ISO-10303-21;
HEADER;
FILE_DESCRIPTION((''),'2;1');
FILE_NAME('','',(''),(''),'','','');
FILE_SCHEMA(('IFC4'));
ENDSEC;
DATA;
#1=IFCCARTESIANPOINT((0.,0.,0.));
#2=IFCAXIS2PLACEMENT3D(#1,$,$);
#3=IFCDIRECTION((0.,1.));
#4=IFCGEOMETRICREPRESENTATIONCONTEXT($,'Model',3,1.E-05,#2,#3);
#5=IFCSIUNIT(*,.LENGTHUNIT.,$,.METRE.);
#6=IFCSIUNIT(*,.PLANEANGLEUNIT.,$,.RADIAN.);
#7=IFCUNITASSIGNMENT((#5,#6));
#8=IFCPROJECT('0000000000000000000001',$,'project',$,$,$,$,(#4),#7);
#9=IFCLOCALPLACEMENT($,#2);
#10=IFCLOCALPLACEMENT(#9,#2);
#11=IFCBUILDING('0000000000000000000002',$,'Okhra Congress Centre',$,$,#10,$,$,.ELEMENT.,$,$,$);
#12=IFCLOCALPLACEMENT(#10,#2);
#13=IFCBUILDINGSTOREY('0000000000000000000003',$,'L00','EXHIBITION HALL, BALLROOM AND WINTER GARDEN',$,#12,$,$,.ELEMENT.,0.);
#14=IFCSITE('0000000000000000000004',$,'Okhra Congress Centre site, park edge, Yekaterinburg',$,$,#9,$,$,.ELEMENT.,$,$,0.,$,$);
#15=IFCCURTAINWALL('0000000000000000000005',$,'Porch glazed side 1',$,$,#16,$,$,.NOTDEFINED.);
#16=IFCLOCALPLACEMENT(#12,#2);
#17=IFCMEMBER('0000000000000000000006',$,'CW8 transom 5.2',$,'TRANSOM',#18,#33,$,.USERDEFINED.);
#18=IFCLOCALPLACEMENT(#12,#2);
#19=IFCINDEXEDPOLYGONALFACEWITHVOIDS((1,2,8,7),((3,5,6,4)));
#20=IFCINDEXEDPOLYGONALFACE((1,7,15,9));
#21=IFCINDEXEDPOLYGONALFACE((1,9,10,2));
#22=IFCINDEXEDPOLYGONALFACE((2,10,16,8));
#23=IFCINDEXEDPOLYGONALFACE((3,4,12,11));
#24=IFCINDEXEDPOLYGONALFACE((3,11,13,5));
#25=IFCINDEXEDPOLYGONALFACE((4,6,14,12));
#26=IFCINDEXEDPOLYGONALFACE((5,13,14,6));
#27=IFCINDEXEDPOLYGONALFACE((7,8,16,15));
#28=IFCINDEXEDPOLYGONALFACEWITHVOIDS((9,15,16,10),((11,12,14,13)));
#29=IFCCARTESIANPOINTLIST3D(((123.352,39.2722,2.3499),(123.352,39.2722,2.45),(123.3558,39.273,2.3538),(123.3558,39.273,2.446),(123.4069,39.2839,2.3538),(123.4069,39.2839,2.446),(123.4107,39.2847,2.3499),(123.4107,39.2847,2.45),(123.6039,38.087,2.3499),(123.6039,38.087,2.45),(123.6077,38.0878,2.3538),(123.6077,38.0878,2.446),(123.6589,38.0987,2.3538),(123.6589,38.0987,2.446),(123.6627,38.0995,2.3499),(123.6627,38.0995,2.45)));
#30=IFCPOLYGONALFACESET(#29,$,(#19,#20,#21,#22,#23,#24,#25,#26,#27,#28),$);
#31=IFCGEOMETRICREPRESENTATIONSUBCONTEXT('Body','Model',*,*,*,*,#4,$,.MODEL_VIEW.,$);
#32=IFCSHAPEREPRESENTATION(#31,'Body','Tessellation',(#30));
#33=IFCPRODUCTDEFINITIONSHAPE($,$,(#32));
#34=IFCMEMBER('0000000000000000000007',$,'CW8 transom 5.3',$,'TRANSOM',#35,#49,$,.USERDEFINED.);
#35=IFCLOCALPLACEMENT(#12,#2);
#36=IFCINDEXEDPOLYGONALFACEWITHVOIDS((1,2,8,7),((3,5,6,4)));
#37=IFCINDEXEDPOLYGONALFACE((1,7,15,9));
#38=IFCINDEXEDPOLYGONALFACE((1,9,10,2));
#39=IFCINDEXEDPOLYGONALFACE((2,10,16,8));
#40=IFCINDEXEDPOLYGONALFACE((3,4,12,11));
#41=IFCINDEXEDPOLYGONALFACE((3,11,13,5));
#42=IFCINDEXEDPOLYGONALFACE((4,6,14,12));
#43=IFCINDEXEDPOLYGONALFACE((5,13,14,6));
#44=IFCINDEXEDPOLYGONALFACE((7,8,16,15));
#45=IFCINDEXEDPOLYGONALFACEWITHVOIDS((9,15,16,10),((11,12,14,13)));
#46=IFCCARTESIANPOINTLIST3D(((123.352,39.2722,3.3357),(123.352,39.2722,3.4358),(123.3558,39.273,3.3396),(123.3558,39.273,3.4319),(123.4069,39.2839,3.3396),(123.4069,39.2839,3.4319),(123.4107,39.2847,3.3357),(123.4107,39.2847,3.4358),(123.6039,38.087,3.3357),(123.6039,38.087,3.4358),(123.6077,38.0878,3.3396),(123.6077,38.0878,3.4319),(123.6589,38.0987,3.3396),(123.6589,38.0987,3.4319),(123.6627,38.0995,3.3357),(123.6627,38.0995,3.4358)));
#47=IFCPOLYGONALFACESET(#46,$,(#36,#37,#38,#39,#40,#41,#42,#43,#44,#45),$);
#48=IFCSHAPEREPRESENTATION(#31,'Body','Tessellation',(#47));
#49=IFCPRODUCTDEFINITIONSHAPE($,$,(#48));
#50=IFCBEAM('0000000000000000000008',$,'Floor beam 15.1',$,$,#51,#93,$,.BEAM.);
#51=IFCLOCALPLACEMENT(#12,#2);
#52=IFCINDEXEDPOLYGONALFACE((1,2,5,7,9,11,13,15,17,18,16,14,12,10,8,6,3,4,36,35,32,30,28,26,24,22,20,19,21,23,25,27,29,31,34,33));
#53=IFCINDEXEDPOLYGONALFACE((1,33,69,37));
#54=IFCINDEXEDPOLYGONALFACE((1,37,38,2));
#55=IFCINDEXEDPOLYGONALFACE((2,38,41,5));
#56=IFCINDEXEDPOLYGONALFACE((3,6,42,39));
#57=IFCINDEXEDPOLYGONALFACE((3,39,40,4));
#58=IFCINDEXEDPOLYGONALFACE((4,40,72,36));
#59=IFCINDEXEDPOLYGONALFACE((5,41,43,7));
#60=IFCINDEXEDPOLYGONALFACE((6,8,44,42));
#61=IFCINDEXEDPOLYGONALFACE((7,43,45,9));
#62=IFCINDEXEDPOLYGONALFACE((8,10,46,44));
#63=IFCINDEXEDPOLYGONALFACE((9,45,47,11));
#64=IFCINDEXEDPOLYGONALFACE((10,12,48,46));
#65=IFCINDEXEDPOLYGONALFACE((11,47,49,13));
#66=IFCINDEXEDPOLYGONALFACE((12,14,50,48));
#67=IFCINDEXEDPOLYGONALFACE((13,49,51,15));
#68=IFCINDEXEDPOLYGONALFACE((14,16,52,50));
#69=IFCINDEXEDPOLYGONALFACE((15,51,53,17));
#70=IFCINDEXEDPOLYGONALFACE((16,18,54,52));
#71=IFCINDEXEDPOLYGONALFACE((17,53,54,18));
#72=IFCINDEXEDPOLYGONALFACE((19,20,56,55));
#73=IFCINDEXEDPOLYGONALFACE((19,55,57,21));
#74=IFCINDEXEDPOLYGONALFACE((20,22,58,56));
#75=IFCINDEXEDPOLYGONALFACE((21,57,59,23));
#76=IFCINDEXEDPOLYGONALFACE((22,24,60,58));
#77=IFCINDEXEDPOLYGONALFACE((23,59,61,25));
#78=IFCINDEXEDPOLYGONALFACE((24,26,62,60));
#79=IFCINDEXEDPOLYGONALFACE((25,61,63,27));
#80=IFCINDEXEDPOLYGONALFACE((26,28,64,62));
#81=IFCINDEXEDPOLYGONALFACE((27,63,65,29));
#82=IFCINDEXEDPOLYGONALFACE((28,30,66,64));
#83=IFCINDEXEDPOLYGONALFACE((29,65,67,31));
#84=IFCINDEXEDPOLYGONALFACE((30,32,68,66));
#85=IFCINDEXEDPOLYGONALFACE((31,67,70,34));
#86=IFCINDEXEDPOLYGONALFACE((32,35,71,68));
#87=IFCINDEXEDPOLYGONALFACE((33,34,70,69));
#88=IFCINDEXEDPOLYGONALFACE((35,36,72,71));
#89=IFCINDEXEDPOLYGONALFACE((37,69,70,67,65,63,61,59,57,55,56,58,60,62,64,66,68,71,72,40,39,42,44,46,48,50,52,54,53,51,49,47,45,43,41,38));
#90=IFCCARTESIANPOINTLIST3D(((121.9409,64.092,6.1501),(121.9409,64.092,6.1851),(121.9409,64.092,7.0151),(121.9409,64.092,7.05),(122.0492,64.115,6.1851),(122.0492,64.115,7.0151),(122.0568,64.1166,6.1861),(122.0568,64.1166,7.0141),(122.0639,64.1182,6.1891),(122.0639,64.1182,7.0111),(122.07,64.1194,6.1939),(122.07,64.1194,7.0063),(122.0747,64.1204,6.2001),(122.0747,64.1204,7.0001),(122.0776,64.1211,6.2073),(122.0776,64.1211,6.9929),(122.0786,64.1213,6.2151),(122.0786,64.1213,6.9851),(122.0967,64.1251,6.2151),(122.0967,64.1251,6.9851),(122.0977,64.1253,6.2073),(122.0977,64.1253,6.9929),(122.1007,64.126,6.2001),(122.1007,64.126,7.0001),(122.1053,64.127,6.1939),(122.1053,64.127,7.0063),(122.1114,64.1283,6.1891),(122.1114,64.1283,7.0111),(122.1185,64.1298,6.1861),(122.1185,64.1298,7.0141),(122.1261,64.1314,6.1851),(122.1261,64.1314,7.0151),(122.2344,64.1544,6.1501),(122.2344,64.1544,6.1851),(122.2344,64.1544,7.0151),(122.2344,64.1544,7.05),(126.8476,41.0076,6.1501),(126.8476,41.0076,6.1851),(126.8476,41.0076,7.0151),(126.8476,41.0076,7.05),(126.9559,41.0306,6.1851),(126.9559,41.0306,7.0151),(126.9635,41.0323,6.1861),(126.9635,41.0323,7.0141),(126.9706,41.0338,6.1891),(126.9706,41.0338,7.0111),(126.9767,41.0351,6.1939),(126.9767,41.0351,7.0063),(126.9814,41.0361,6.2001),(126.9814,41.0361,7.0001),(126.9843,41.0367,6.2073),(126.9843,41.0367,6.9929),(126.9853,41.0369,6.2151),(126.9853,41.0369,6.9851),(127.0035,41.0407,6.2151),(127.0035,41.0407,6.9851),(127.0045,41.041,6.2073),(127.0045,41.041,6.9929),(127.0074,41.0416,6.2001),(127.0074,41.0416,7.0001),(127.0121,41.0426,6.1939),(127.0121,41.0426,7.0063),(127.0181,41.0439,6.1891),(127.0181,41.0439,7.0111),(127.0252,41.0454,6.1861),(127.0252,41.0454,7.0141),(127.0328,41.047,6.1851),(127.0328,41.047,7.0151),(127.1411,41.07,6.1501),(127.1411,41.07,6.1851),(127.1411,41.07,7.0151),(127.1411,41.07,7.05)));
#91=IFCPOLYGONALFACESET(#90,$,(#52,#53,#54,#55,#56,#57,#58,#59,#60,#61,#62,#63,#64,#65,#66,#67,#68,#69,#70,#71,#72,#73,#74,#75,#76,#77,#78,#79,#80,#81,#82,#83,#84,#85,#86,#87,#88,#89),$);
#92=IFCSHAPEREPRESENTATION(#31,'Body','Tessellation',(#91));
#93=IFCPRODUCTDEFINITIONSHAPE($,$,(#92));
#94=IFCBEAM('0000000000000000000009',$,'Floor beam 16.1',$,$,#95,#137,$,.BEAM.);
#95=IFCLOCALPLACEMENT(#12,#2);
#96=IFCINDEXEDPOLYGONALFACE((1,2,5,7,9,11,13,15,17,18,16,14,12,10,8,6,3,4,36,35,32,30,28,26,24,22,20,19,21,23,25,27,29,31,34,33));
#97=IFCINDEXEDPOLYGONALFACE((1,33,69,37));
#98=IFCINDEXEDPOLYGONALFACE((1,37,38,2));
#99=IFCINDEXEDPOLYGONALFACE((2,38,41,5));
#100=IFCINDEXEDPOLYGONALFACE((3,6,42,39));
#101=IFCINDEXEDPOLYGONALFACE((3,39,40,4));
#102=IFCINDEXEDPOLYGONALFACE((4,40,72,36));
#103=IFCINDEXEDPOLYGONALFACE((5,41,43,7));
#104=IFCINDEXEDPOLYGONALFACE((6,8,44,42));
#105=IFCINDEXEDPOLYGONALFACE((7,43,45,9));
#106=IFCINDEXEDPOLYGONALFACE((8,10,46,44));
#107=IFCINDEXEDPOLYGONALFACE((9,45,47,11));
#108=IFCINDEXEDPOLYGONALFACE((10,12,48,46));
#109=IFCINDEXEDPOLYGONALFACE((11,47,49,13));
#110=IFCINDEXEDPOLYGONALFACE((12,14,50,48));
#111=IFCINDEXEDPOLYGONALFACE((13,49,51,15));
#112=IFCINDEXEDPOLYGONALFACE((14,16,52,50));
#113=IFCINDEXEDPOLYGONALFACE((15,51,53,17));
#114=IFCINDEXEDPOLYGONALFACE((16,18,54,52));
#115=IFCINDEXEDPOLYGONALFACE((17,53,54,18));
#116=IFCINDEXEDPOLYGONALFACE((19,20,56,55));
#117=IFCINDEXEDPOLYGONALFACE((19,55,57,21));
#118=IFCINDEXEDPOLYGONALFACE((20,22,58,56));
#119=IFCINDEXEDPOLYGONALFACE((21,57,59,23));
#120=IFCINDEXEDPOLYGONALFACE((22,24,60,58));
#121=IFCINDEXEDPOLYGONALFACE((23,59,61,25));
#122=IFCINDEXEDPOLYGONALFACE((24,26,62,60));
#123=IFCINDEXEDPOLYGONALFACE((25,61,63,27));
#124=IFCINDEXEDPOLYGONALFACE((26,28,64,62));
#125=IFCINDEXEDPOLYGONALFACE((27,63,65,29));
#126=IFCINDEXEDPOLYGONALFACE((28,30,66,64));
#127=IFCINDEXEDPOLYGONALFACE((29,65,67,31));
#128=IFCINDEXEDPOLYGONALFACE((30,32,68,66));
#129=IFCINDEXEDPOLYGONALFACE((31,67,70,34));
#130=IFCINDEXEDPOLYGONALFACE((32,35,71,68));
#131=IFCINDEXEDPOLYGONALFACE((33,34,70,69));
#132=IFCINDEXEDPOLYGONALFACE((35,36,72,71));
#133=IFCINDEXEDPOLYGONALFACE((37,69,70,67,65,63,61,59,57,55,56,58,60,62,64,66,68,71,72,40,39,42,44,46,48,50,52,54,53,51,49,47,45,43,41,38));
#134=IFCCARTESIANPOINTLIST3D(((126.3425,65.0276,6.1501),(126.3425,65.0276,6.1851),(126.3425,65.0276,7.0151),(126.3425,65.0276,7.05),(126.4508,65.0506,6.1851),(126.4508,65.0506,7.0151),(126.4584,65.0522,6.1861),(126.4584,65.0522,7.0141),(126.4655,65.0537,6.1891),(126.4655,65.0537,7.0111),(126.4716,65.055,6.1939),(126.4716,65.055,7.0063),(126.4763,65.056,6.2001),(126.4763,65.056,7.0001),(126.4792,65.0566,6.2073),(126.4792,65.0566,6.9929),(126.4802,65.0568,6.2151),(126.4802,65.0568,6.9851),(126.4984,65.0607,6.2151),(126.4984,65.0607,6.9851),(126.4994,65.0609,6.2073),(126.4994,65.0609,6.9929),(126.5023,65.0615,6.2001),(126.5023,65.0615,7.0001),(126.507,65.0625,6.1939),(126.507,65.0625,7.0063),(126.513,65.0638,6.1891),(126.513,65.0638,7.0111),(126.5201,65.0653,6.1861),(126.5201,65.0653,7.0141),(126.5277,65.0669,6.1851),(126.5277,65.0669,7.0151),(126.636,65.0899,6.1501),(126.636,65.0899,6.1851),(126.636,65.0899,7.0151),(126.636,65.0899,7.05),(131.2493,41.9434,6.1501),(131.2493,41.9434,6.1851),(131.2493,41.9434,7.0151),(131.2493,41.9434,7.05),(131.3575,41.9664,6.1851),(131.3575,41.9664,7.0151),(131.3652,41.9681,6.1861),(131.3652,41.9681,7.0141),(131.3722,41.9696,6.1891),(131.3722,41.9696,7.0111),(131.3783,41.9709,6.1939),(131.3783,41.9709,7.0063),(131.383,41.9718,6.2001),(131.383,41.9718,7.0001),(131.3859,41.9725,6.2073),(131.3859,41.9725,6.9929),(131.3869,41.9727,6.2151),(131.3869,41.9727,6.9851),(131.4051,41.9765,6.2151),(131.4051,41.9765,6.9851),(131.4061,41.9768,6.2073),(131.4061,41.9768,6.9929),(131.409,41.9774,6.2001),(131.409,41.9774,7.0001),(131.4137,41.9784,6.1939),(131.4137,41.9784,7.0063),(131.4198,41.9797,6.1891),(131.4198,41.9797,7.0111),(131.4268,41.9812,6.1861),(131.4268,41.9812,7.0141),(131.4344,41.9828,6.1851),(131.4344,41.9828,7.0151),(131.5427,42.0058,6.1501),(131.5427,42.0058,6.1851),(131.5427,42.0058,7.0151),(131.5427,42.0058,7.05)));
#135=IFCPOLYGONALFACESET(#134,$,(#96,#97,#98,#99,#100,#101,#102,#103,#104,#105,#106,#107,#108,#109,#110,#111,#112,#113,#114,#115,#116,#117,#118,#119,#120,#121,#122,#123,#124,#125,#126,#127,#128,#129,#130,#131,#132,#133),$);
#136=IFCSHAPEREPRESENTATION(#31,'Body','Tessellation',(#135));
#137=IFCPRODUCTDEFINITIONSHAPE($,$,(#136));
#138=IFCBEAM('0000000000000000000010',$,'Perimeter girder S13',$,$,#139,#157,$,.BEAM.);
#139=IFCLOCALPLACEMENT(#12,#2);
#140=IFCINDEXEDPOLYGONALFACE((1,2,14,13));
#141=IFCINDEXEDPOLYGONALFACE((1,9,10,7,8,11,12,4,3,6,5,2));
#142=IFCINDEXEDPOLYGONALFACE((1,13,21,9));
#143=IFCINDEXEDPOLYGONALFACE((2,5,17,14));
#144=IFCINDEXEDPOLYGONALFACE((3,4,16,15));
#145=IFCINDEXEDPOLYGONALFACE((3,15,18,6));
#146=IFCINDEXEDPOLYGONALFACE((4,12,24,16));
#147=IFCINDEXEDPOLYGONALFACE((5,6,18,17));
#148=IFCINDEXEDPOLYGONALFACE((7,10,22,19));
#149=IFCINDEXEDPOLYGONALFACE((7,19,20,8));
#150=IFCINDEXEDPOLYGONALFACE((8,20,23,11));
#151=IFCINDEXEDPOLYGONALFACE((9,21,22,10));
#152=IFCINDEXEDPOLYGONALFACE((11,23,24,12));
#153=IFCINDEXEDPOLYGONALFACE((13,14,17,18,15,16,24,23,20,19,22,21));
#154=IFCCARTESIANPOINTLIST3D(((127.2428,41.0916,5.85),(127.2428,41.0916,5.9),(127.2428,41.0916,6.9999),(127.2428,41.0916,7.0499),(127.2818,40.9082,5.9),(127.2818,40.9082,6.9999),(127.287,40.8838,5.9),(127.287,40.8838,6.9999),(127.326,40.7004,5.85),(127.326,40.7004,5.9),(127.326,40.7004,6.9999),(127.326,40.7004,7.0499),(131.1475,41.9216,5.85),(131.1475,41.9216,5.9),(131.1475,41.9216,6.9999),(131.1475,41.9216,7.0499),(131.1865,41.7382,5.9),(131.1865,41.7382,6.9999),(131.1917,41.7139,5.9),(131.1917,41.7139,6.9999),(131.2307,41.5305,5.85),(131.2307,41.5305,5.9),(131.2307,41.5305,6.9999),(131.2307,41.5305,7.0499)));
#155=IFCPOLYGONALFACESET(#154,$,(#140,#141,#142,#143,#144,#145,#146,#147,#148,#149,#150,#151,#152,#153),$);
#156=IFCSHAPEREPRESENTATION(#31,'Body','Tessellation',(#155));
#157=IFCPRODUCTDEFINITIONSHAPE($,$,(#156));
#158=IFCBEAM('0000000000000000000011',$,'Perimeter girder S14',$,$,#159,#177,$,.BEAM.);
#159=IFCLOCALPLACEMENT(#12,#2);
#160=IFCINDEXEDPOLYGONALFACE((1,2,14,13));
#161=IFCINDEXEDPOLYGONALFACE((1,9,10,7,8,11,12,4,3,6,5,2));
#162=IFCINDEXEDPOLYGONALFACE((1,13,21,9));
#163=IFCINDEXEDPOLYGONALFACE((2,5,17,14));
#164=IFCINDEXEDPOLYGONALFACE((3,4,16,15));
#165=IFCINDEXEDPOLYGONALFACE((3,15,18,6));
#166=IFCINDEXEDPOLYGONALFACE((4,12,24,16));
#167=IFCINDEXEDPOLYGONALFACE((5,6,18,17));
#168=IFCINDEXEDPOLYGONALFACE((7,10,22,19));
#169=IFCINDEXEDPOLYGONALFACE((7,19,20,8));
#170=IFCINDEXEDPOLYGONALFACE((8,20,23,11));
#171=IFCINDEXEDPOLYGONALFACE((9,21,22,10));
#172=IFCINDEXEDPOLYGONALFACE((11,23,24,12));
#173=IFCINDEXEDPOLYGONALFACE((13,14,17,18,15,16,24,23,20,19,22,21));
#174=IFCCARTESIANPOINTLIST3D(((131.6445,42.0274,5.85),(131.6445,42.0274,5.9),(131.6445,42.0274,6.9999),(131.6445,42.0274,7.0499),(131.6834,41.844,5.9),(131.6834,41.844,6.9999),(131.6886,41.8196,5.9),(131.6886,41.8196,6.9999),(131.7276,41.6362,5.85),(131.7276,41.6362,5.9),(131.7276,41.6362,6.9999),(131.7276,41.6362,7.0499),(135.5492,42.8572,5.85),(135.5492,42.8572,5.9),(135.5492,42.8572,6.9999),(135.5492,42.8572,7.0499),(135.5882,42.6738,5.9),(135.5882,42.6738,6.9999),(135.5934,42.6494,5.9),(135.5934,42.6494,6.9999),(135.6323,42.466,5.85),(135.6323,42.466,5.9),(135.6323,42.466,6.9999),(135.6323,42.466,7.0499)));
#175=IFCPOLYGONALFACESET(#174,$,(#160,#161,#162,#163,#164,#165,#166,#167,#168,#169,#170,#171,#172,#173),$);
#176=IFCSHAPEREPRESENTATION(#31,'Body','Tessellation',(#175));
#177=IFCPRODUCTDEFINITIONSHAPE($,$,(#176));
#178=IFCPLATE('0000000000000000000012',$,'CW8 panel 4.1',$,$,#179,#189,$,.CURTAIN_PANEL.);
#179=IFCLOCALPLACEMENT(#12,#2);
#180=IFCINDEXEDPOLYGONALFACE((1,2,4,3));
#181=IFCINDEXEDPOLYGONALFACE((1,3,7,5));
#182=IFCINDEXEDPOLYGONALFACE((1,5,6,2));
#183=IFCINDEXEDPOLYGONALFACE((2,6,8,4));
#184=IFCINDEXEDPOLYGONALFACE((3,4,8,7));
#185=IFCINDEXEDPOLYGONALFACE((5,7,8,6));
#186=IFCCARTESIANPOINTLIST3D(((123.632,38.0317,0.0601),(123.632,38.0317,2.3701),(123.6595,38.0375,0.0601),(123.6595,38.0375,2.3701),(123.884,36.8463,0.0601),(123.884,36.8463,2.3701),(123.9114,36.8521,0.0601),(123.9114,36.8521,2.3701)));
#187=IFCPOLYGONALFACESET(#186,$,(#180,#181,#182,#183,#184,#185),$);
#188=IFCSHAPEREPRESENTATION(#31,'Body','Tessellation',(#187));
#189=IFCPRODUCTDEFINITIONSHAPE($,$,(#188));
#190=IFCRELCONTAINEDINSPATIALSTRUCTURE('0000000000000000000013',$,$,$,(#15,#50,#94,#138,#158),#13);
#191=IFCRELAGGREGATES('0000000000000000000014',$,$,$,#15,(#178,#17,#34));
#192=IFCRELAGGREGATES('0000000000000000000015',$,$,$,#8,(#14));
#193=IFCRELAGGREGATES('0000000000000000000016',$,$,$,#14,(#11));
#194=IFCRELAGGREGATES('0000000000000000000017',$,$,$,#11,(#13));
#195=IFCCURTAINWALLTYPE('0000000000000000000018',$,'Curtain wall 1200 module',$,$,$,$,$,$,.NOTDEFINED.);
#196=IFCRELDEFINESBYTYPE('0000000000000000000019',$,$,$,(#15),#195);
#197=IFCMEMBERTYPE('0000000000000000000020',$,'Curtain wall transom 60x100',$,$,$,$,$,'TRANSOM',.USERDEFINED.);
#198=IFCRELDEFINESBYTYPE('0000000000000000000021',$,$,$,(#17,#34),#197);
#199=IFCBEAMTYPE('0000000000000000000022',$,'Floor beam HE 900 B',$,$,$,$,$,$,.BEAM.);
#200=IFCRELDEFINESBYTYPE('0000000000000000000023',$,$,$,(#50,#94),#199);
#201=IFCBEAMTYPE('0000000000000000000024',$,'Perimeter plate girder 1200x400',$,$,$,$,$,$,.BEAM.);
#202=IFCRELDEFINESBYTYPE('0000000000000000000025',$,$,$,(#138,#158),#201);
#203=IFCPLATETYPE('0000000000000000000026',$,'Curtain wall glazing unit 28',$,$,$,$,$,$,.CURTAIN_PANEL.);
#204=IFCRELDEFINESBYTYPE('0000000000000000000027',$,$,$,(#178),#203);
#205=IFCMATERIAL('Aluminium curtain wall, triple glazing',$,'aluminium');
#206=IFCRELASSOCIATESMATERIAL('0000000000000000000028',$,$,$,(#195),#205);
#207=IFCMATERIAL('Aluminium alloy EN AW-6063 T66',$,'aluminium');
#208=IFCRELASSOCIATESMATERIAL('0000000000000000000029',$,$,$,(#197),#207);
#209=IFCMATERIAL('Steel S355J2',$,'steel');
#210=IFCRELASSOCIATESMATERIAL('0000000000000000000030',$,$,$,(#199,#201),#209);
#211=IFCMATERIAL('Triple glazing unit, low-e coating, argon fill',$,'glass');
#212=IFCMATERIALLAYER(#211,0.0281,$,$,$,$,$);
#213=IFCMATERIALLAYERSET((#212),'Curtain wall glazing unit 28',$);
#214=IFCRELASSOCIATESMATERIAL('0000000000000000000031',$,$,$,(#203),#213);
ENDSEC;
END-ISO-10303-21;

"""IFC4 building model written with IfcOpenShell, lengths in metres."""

from ifc_helpers import new_model, si_unit, direction, frame, origin, origin_2d, place, context, subcontext, project, spatial, rectangle, hollow_rectangle, i_section, extrude, material, layer, layer_set, material_profile, profile_set, type_object, element, aggregate, save


model = new_model("IFC4")

# Units and contexts
model_context = context("Model", 3, precision=1e-05, world=origin(), true_north=direction((0.0, 1.0)))
body_context = subcontext(model_context, "Body", "Model", "MODEL_VIEW")
ifc_project = project(units=[si_unit("LENGTHUNIT", "METRE"), si_unit("PLANEANGLEUNIT", "RADIAN")], contexts=[model_context])

# Site, building, storey
site_placement = place(None, origin())
site = spatial("IfcSite", under=ifc_project, at=site_placement, Name="Okhra Congress Centre site, park edge, Yekaterinburg", CompositionType="ELEMENT", RefElevation=0.0)
building_placement = place(site_placement, origin())
building = spatial("IfcBuilding", under=site, at=building_placement, Name="Okhra Congress Centre", CompositionType="ELEMENT")
storey_placement = place(building_placement, origin())
storey = spatial("IfcBuildingStorey", under=building, at=storey_placement, Name="L00", Description="EXHIBITION HALL, BALLROOM AND WINTER GARDEN", CompositionType="ELEMENT", Elevation=0.0)

# Curtain wall, members
ifc_material_1 = material(Name="Aluminium curtain wall, triple glazing", Category="aluminium")
curtain_wall_type = type_object("IfcCurtainWallType", Name="Curtain wall 1200 module", PredefinedType="NOTDEFINED", material=ifc_material_1)
curtain_wall_placement = place(storey_placement, origin())
curtain_wall = element("IfcCurtainWall", 1, at=curtain_wall_placement, inside=storey, type_object=curtain_wall_type, Name="Porch glazed side 1", PredefinedType="NOTDEFINED")
ifc_material_2 = material(Name="Aluminium alloy EN AW-6063 T66", Category="aluminium")
ifc_material_profile_1 = material_profile(ifc_material_2, hollow_rectangle(XDim=0.0601, YDim=0.1001, WallThickness=0.0039, at=origin_2d()), Name="RHS 60x100x4")
ifc_profile_set_1 = profile_set([ifc_material_profile_1], Name="Aluminium alloy EN AW-6063 T66")
member_type_1 = type_object("IfcMemberType", Name="Curtain wall transom 60x100", ElementType="TRANSOM", PredefinedType="USERDEFINED", material=ifc_profile_set_1)
member_1_placement = place(storey_placement, frame((123.6333, 38.0933, 2.3999), z_axis=(-0.207919, 0.978146, 0.0), x_axis=(-0.978146, -0.207919, 0.0)))
member_1 = element("IfcMember", 2, at=member_1_placement, type_object=member_type_1, Name="CW8 transom 5.2", ObjectType="TRANSOM", PredefinedType="USERDEFINED", context=body_context, shape_type="SweptSolid", body=[
    extrude(hollow_rectangle(XDim=0.0601, YDim=0.1001, WallThickness=0.0039, at=origin_2d()), origin(), (0.0, 0.0, 1.0), 1.2117),
])
member_2_placement = place(storey_placement, frame((123.6333, 38.0933, 3.3857), z_axis=(-0.207919, 0.978146, 0.0), x_axis=(-0.978146, -0.207919, 0.0)))
member_2 = element("IfcMember", 3, at=member_2_placement, type_object=member_type_1, Name="CW8 transom 5.3", ObjectType="TRANSOM", PredefinedType="USERDEFINED", context=body_context, shape_type="SweptSolid", body=[
    extrude(hollow_rectangle(XDim=0.0601, YDim=0.1001, WallThickness=0.0039, at=origin_2d()), origin(), (0.0, 0.0, 1.0), 1.2117),
])

# Beams
ifc_material_3 = material(Name="Steel S355J2", Category="steel")
ifc_material_profile_2 = material_profile(ifc_material_3, i_section(OverallWidth=0.3, OverallDepth=0.8999, WebThickness=0.0186, FlangeThickness=0.0349, FilletRadius=0.03, at=origin_2d()), Name="HE 900 B")
ifc_profile_set_2 = profile_set([ifc_material_profile_2], Name="Steel S355J2")
beam_type_1 = type_object("IfcBeamType", Name="Floor beam HE 900 B", PredefinedType="BEAM", material=ifc_profile_set_2)
beam_1_placement = place(storey_placement, frame((126.9944, 41.0388, 6.6001), z_axis=(-0.207911, 0.978148, 0.0), x_axis=(-0.978148, -0.207911, 0.0)))
element("IfcBeam", 4, at=beam_1_placement, inside=storey, type_object=beam_type_1, Name="Floor beam 15.1", PredefinedType="BEAM", context=body_context, shape_type="SweptSolid", body=[
    extrude(i_section(OverallWidth=0.3, OverallDepth=0.8999, WebThickness=0.0186, FlangeThickness=0.0349, FilletRadius=0.03, at=origin_2d()), origin(), (0.0, 0.0, 1.0), 23.6001),
])
beam_2_placement = place(storey_placement, frame((131.396, 41.9746, 6.6001), z_axis=(-0.207913, 0.978147, 0.0), x_axis=(-0.978147, -0.207913, 0.0)))
element("IfcBeam", 5, at=beam_2_placement, inside=storey, type_object=beam_type_1, Name="Floor beam 16.1", PredefinedType="BEAM", context=body_context, shape_type="SweptSolid", body=[
    extrude(i_section(OverallWidth=0.3, OverallDepth=0.8999, WebThickness=0.0186, FlangeThickness=0.0349, FilletRadius=0.03, at=origin_2d()), origin(), (0.0, 0.0, 1.0), 23.5999),
])
ifc_material_profile_3 = material_profile(ifc_material_3, i_section(OverallWidth=0.3999, OverallDepth=1.2, WebThickness=0.0249, FlangeThickness=0.05, at=origin_2d()), Name="Plate girder 1200x400")
ifc_profile_set_3 = profile_set([ifc_material_profile_3], Name="Steel S355J2")
beam_type_2 = type_object("IfcBeamType", Name="Perimeter plate girder 1200x400", PredefinedType="BEAM", material=ifc_profile_set_3)
for number, where, z_axis, x_axis, name in (
    (6, (127.2844, 40.896, 6.45), (0.978143, 0.207933, 0.0), (-0.207933, 0.978143, 0.0), "Perimeter girder S13"),
    (7, (131.686, 41.8318, 6.45), (0.978155, 0.207875, 0.0), (-0.207875, 0.978155, 0.0), "Perimeter girder S14"),
):
    element("IfcBeam", number, at=place(storey_placement, frame(where, z_axis=z_axis, x_axis=x_axis)), inside=storey, type_object=beam_type_2, Name=name, PredefinedType="BEAM", context=body_context, shape_type="SweptSolid", body=[
        extrude(i_section(OverallWidth=0.3999, OverallDepth=1.2, WebThickness=0.0249, FlangeThickness=0.05, at=origin_2d()), origin(), (0.0, 0.0, 1.0), 3.9919),
    ])

# Plate
ifc_material_4 = material(Name="Triple glazing unit, low-e coating, argon fill", Category="glass")
ifc_layer_1 = layer(ifc_material_4, 0.0281)
ifc_layer_set_1 = layer_set([ifc_layer_1], Name="Curtain wall glazing unit 28")
plate_type = type_object("IfcPlateType", Name="Curtain wall glazing unit 28", PredefinedType="CURTAIN_PANEL", material=ifc_layer_set_1)
plate_1_placement = place(storey_placement, frame((123.7717, 37.4419, 0.0601), z_axis=(0.0, 0.0, 1.0), x_axis=(-0.207912, 0.978148, 0.0)))
plate_1 = element("IfcPlate", 8, at=plate_1_placement, type_object=plate_type, Name="CW8 panel 4.1", PredefinedType="CURTAIN_PANEL", context=body_context, shape_type="SweptSolid", body=[
    extrude(rectangle(XDim=1.2119, YDim=0.0281, at=origin_2d()), origin(), (0.0, 0.0, 1.0), 2.3101),
])
aggregate(curtain_wall, [plate_1, member_1, member_2])

save(model, "model.ifc")
